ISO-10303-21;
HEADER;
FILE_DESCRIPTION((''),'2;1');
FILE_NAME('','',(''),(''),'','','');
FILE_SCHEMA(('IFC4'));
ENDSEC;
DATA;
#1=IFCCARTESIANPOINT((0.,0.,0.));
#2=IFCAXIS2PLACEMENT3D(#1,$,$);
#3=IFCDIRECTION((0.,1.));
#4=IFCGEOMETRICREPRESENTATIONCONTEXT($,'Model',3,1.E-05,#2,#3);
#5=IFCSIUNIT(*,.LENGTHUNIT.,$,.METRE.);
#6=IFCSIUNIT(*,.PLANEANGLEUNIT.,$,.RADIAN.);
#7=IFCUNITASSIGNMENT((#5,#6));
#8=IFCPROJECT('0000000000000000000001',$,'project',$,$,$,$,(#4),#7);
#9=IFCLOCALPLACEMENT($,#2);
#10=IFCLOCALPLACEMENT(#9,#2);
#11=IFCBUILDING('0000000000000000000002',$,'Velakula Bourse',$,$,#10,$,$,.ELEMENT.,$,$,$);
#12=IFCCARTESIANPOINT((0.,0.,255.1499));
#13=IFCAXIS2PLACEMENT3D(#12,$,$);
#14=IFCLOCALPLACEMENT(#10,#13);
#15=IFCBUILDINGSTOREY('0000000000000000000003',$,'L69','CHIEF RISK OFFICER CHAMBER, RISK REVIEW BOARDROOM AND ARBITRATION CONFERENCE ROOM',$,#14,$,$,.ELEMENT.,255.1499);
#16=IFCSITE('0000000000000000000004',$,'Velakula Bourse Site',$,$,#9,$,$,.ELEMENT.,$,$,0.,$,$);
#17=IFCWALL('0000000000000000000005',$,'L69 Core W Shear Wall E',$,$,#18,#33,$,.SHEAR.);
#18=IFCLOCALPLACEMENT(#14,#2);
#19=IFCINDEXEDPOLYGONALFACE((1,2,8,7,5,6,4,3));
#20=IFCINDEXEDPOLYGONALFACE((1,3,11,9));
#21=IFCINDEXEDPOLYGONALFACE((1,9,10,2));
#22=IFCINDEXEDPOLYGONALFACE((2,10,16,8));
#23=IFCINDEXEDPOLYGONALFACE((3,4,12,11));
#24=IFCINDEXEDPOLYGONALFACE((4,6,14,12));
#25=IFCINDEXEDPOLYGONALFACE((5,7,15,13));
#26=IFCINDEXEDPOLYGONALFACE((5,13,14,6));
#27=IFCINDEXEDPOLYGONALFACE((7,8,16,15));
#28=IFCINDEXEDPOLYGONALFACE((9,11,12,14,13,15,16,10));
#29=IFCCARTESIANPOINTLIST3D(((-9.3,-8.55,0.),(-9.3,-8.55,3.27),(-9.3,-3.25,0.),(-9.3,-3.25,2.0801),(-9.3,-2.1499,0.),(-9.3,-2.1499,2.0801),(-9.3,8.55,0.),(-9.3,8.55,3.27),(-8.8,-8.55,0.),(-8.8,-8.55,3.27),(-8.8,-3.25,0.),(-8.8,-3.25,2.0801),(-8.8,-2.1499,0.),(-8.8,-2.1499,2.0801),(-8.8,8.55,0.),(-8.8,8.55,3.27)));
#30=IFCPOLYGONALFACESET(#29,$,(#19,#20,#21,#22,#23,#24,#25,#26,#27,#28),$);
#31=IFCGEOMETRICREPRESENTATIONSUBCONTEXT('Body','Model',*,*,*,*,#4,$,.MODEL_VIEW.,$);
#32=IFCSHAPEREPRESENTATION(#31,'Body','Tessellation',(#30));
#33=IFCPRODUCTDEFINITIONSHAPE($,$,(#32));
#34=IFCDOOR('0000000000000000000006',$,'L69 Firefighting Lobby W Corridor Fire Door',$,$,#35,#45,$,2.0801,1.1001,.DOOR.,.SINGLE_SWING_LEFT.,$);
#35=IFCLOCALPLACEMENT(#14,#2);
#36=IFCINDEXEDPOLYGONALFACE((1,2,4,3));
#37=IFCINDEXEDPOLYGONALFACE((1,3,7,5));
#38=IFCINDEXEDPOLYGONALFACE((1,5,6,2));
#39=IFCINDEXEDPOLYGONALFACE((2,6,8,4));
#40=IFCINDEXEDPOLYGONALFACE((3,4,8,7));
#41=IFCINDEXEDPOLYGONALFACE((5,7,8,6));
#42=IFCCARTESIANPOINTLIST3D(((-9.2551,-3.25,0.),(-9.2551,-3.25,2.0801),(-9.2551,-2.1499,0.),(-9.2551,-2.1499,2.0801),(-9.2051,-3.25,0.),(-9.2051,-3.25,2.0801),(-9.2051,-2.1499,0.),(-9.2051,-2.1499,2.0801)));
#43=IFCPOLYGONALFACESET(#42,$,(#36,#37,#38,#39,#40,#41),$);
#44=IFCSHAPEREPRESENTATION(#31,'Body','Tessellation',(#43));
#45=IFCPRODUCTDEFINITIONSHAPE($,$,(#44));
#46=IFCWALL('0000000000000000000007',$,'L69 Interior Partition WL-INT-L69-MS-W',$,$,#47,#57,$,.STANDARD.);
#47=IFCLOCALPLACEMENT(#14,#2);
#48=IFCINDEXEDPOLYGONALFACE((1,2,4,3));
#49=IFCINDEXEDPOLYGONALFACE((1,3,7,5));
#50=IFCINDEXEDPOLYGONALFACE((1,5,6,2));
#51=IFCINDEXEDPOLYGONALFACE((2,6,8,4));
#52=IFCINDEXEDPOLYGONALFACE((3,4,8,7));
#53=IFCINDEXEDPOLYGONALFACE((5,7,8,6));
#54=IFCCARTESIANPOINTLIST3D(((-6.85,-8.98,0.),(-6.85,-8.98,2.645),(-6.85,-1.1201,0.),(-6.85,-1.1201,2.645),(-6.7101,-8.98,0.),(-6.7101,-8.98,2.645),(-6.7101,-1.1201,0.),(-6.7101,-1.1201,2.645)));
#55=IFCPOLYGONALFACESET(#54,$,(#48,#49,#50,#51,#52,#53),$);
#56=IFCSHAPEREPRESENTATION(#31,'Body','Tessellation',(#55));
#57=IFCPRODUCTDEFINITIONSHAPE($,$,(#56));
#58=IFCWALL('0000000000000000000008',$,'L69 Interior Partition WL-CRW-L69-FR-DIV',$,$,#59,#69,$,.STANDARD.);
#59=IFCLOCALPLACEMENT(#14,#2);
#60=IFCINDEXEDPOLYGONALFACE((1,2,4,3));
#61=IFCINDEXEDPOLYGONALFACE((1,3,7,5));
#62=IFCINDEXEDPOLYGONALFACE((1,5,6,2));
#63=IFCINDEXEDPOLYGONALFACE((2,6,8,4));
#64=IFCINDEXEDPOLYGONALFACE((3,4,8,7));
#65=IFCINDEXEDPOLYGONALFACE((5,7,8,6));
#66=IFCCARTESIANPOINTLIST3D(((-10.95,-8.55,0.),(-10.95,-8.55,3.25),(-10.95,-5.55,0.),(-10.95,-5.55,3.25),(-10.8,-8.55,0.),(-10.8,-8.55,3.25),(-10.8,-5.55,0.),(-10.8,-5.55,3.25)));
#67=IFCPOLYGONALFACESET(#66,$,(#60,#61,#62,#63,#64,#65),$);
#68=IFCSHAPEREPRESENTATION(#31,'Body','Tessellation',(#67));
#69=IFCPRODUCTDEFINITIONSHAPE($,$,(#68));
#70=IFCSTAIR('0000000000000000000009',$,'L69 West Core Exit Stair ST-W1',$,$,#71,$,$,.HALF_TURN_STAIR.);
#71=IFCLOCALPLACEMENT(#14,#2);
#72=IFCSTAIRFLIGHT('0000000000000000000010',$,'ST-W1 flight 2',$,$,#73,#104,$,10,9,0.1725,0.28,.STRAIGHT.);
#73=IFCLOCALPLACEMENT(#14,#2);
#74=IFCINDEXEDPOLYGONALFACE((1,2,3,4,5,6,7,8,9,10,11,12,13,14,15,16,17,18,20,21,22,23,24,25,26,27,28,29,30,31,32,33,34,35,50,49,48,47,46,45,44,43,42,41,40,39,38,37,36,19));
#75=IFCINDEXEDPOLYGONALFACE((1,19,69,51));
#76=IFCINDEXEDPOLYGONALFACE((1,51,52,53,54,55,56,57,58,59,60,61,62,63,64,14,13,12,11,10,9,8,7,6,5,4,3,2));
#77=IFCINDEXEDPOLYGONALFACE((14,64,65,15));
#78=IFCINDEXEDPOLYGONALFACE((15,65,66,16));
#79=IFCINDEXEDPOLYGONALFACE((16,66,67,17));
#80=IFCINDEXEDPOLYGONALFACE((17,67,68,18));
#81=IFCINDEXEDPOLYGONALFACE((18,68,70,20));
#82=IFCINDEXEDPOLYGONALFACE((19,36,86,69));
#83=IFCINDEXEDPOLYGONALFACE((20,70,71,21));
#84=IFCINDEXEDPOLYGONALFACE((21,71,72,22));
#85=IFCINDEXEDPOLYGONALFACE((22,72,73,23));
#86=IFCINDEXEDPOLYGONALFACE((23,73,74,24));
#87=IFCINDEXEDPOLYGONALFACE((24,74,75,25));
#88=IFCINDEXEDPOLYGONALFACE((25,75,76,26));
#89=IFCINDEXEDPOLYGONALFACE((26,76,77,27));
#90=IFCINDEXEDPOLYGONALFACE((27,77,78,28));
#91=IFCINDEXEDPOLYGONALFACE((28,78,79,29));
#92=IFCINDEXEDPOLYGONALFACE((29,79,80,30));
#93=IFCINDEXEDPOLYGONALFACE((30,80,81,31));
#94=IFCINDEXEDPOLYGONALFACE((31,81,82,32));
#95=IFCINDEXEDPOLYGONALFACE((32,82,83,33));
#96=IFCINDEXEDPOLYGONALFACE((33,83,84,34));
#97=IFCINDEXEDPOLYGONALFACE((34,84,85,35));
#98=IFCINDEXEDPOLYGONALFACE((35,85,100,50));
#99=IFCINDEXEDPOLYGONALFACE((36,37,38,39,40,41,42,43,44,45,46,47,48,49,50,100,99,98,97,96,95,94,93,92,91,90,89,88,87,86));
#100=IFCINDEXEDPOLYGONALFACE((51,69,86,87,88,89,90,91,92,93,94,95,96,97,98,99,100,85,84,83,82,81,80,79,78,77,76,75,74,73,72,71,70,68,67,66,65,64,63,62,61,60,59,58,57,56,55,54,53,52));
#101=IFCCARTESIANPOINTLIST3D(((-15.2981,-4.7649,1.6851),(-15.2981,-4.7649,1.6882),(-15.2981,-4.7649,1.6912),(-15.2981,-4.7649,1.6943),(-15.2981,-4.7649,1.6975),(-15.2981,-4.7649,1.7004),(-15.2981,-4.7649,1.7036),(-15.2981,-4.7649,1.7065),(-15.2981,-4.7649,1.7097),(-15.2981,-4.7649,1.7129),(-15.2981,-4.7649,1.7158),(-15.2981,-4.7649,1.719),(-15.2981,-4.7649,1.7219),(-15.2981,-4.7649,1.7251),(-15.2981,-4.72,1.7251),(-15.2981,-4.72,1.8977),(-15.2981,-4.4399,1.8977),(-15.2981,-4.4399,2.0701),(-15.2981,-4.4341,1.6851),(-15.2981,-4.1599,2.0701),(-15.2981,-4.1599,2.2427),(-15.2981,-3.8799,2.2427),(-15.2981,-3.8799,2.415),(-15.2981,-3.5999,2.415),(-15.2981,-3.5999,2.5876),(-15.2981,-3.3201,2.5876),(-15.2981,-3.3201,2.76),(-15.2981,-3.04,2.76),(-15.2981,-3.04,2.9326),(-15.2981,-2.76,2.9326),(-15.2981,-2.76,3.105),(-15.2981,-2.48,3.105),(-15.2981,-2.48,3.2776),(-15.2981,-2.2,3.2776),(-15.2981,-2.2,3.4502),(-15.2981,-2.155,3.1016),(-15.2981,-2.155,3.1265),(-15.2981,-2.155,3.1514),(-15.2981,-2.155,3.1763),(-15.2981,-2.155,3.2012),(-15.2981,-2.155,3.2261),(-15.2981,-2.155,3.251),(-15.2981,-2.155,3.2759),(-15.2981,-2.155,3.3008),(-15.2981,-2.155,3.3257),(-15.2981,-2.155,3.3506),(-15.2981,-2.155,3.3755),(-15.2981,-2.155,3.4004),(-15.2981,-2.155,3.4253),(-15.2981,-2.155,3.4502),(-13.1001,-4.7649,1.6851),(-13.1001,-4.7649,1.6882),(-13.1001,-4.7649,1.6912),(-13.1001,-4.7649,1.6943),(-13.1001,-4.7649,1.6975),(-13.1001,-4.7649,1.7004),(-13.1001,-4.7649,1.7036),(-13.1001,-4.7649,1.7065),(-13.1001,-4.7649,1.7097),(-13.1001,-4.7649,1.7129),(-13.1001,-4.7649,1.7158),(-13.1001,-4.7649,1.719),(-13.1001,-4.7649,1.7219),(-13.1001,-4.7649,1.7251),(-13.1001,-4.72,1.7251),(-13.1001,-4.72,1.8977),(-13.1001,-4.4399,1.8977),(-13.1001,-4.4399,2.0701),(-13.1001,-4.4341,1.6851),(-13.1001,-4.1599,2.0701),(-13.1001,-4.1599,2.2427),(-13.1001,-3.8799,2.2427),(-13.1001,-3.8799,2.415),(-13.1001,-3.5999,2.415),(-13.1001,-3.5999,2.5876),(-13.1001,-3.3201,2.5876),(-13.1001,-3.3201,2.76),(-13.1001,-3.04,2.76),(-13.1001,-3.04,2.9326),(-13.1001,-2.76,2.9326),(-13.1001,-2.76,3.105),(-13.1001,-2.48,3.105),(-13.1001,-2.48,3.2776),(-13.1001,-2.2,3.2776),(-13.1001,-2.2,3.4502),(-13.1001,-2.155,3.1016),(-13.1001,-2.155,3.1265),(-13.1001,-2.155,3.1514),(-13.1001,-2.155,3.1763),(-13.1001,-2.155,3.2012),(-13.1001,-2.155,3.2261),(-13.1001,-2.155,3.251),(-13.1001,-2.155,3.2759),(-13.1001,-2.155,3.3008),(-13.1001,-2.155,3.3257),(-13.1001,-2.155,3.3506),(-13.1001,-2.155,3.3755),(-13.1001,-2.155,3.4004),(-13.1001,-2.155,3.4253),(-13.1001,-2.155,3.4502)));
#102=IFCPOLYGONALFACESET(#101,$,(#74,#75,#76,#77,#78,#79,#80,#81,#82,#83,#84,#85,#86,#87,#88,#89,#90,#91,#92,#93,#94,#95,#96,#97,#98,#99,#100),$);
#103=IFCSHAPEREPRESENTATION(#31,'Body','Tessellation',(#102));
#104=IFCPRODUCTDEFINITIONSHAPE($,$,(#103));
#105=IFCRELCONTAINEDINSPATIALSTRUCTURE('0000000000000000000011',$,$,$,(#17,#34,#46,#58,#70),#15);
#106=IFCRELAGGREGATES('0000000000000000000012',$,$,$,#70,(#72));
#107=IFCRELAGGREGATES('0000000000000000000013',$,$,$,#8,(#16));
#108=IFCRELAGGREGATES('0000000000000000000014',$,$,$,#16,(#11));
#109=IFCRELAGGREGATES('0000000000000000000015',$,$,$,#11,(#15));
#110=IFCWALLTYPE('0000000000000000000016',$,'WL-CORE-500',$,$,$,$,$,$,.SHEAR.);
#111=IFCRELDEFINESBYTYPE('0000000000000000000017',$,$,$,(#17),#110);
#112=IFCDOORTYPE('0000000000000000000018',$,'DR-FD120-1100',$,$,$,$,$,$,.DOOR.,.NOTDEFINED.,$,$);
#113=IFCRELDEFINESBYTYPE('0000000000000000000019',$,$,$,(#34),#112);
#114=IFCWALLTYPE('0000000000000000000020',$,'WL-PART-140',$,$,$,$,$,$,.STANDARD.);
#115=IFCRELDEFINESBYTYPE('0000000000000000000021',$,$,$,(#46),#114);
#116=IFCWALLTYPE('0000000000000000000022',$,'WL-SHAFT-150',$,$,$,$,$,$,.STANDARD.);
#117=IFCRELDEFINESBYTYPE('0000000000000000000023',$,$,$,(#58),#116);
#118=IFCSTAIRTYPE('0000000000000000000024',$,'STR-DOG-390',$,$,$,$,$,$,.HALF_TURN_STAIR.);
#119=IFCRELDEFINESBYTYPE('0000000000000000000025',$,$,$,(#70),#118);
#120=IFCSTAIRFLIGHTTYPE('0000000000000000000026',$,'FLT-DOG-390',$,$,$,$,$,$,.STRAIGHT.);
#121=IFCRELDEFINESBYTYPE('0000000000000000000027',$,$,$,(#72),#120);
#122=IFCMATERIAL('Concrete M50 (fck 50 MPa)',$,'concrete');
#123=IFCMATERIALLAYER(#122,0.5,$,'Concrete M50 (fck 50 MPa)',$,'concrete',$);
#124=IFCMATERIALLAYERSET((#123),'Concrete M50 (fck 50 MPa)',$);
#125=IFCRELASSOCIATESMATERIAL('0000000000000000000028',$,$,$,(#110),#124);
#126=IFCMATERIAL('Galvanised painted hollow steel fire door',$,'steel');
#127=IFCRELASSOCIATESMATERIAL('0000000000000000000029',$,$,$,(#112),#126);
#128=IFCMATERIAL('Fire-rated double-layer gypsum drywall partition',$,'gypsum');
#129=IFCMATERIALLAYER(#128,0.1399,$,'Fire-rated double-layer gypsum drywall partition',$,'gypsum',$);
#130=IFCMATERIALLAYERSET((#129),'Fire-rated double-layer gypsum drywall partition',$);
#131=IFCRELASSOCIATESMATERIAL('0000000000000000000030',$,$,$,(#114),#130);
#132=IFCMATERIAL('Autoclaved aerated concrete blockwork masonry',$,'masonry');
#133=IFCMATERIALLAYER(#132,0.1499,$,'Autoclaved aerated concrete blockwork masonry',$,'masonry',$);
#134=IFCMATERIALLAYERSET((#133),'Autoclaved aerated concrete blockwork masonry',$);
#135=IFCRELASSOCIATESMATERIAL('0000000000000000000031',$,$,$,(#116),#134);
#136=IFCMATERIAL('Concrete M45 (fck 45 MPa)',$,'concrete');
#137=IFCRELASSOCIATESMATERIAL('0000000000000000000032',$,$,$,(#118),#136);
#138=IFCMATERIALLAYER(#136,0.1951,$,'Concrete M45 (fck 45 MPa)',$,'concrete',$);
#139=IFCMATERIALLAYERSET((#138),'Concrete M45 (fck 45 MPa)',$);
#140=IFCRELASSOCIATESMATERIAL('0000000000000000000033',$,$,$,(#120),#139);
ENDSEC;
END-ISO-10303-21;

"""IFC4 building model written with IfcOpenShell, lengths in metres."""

from ifc_helpers import new_model, si_unit, direction, frame, frame_2d, origin, place, context, subcontext, project, spatial, polyline, rectangle, outline, extrude, material, layer, layer_set, type_object, element, fill, aggregate, save


model = new_model("IFC4")

# Units and contexts
model_context = context("Model", 3, precision=1e-05, world=origin(), true_north=direction((0.0, 1.0)))
body_context = subcontext(model_context, "Body", "Model", "MODEL_VIEW")
ifc_project = project(units=[si_unit("LENGTHUNIT", "METRE"), si_unit("PLANEANGLEUNIT", "RADIAN")], contexts=[model_context])

# Site, building, storey
site_placement = place(None, origin())
site = spatial("IfcSite", under=ifc_project, at=site_placement, Name="Velakula Bourse Site", CompositionType="ELEMENT", RefElevation=0.0)
building_placement = place(site_placement, origin())
building = spatial("IfcBuilding", under=site, at=building_placement, Name="Velakula Bourse", CompositionType="ELEMENT")
storey_placement = place(building_placement, frame((0.0, 0.0, 255.1499)))
storey = spatial("IfcBuildingStorey", under=building, at=storey_placement, Name="L69", Description="CHIEF RISK OFFICER CHAMBER, RISK REVIEW BOARDROOM AND ARBITRATION CONFERENCE ROOM", CompositionType="ELEMENT", Elevation=255.1499)

# Shared definitions
ifc_material_1 = material(Name="Concrete M50 (fck 50 MPa)", Category="concrete")

# Shared definitions
ifc_material_2 = material(Name="Galvanised painted hollow steel fire door", Category="steel")

# Wall, opening, door
ifc_layer_1 = layer(ifc_material_1, 0.5, Name="Concrete M50 (fck 50 MPa)", Category="concrete")
ifc_layer_set_1 = layer_set([ifc_layer_1], Name="Concrete M50 (fck 50 MPa)")
wall_type_1 = type_object("IfcWallType", Name="WL-CORE-500", PredefinedType="SHEAR", material=ifc_layer_set_1)
wall_1_placement = place(storey_placement, frame((-9.05, -8.55, 0.0), z_axis=(0.0, 0.0, 1.0), x_axis=(0.0, 1.0, 0.0)))
wall_1 = element("IfcWall", 1, at=wall_1_placement, inside=storey, type_object=wall_type_1, Name="L69 Core W Shear Wall E", PredefinedType="SHEAR", context=body_context, shape_type="SweptSolid", body=[
    extrude(rectangle(XDim=17.1001, YDim=0.5, at=frame_2d((8.55, 0.0))), origin(), (0.0, 0.0, 1.0), 3.27),
])
opening_1_placement = place(wall_1_placement, frame((5.3, 0.0, 0.0)))
opening_1 = element("IfcOpeningElement", 2, at=opening_1_placement, cuts=wall_1, PredefinedType="OPENING", context=body_context, shape_type="SweptSolid", body=[
    extrude(rectangle(XDim=1.1001, YDim=2.0801, at=frame_2d((0.55, 1.04))), frame((0.0, 0.26, 0.0), z_axis=(0.0, -1.0, 0.0), x_axis=(1.0, 0.0, 0.0)), (0.0, 0.0, 1.0), 0.52),
])
door_type_1 = type_object("IfcDoorType", Name="DR-FD120-1100", OperationType="NOTDEFINED", PredefinedType="DOOR", material=ifc_material_2)
door_1_placement = place(opening_1_placement, origin())
door_1 = element("IfcDoor", 3, at=door_1_placement, inside=storey, type_object=door_type_1, Name="L69 Firefighting Lobby W Corridor Fire Door", OperationType="SINGLE_SWING_LEFT", OverallHeight=2.0801, OverallWidth=1.1001, PredefinedType="DOOR", context=body_context, shape_type="SweptSolid", body=[
    extrude(rectangle(XDim=1.1001, YDim=2.0801, at=frame_2d((0.55, 1.04))), frame((0.0, 0.2051, 0.0), z_axis=(0.0, -1.0, 0.0), x_axis=(1.0, 0.0, 0.0)), (0.0, 0.0, 1.0), 0.05),
])
fill(opening_1, door_1)

# Wall
ifc_material_3 = material(Name="Fire-rated double-layer gypsum drywall partition", Category="gypsum")
ifc_layer_2 = layer(ifc_material_3, 0.1399, Name="Fire-rated double-layer gypsum drywall partition", Category="gypsum")
ifc_layer_set_2 = layer_set([ifc_layer_2], Name="Fire-rated double-layer gypsum drywall partition")
wall_type_2 = type_object("IfcWallType", Name="WL-PART-140", PredefinedType="STANDARD", material=ifc_layer_set_2)
wall_2_placement = place(storey_placement, frame((-6.78, -8.98, 0.0), z_axis=(0.0, 0.0, 1.0), x_axis=(0.0, 1.0, 0.0)))
element("IfcWall", 4, at=wall_2_placement, inside=storey, type_object=wall_type_2, Name="L69 Interior Partition WL-INT-L69-MS-W", PredefinedType="STANDARD", context=body_context, shape_type="SweptSolid", body=[
    extrude(rectangle(XDim=7.8599, YDim=0.1399, at=frame_2d((3.9299, 0.0))), origin(), (0.0, 0.0, 1.0), 2.645),
])

# Shared definitions
ifc_material_4 = material(Name="Autoclaved aerated concrete blockwork masonry", Category="masonry")
ifc_layer_3 = layer(ifc_material_4, 0.1499, Name="Autoclaved aerated concrete blockwork masonry", Category="masonry")
ifc_layer_set_3 = layer_set([ifc_layer_3], Name="Autoclaved aerated concrete blockwork masonry")
wall_type_3 = type_object("IfcWallType", Name="WL-SHAFT-150", PredefinedType="STANDARD", material=ifc_layer_set_3)

# Wall
wall_3_placement = place(storey_placement, frame((-10.875, -8.55, 0.0), z_axis=(0.0, 0.0, 1.0), x_axis=(0.0, 1.0, 0.0)))
element("IfcWall", 5, at=wall_3_placement, inside=storey, type_object=wall_type_3, Name="L69 Interior Partition WL-CRW-L69-FR-DIV", PredefinedType="STANDARD", context=body_context, shape_type="SweptSolid", body=[
    extrude(rectangle(XDim=3.0, YDim=0.1499, at=frame_2d((1.5, 0.0))), origin(), (0.0, 0.0, 1.0), 3.25),
])

# Stair, stair flight
ifc_material_5 = material(Name="Concrete M45 (fck 45 MPa)", Category="concrete")
stair_type = type_object("IfcStairType", Name="STR-DOG-390", PredefinedType="HALF_TURN_STAIR", material=ifc_material_5)
stair_placement = place(storey_placement, origin())
stair = element("IfcStair", 6, at=stair_placement, inside=storey, type_object=stair_type, Name="L69 West Core Exit Stair ST-W1", PredefinedType="HALF_TURN_STAIR")
ifc_layer_4 = layer(ifc_material_5, 0.1951, Name="Concrete M45 (fck 45 MPa)", Category="concrete")
ifc_layer_set_4 = layer_set([ifc_layer_4], Name="Concrete M45 (fck 45 MPa)")
stair_flight_type = type_object("IfcStairFlightType", Name="FLT-DOG-390", PredefinedType="STRAIGHT", material=ifc_layer_set_4)
stair_flight_placement = place(storey_placement, frame((-14.199, -4.72, 1.7251), z_axis=(0.0, 0.0, 1.0), x_axis=(0.0, 1.0, 0.0)))
stair_flight = element("IfcStairFlight", 7, at=stair_flight_placement, type_object=stair_flight_type, Name="ST-W1 flight 2", NumberOfRisers=10, NumberOfTreads=9, PredefinedType="STRAIGHT", RiserHeight=0.1725, TreadLength=0.28, context=body_context, shape_type="SweptSolid", body=[
    extrude(outline(polyline([(-0.0449, -0.04), (-0.0449, -0.0369), (-0.0449, -0.0339), (-0.0449, -0.0308), (-0.0449, -0.0276), (-0.0449, -0.0247), (-0.0449, -0.0215), (-0.0449, -0.0186), (-0.0449, -0.0154), (-0.0449, -0.0122), (-0.0449, -0.0093), (-0.0449, -0.0061), (-0.0449, -0.0032), (-0.0449, 0.0), (0.0, 0.0), (0.0, 0.1726), (0.28, 0.1726), (0.28, 0.345), (0.5601, 0.345), (0.5601, 0.5176), (0.8401, 0.5176), (0.8401, 0.6899), (1.1201, 0.6899), (1.1201, 0.8625), (1.3999, 0.8625), (1.3999, 1.0349), (1.6799, 1.0349), (1.6799, 1.2075), (1.96, 1.2075), (1.96, 1.3799), (2.24, 1.3799), (2.24, 1.5525), (2.52, 1.5525), (2.52, 1.7251), (2.5649, 1.7251), (2.5649, 1.7002), (2.5649, 1.6753), (2.5649, 1.6504), (2.5649, 1.6255), (2.5649, 1.6006), (2.5649, 1.5757), (2.5649, 1.5508), (2.5649, 1.5259), (2.5649, 1.501), (2.5649, 1.4761), (2.5649, 1.4512), (2.5649, 1.4263), (2.5649, 1.4014), (2.5649, 1.3765), (0.2859, -0.04), (-0.0449, -0.04)])), frame((0.0, 1.0991, 0.0), z_axis=(0.0, -1.0, 0.0), x_axis=(1.0, 0.0, 0.0)), (0.0, 0.0, 1.0), 2.198),
])
aggregate(stair, [stair_flight])

save(model, "model.ifc")
